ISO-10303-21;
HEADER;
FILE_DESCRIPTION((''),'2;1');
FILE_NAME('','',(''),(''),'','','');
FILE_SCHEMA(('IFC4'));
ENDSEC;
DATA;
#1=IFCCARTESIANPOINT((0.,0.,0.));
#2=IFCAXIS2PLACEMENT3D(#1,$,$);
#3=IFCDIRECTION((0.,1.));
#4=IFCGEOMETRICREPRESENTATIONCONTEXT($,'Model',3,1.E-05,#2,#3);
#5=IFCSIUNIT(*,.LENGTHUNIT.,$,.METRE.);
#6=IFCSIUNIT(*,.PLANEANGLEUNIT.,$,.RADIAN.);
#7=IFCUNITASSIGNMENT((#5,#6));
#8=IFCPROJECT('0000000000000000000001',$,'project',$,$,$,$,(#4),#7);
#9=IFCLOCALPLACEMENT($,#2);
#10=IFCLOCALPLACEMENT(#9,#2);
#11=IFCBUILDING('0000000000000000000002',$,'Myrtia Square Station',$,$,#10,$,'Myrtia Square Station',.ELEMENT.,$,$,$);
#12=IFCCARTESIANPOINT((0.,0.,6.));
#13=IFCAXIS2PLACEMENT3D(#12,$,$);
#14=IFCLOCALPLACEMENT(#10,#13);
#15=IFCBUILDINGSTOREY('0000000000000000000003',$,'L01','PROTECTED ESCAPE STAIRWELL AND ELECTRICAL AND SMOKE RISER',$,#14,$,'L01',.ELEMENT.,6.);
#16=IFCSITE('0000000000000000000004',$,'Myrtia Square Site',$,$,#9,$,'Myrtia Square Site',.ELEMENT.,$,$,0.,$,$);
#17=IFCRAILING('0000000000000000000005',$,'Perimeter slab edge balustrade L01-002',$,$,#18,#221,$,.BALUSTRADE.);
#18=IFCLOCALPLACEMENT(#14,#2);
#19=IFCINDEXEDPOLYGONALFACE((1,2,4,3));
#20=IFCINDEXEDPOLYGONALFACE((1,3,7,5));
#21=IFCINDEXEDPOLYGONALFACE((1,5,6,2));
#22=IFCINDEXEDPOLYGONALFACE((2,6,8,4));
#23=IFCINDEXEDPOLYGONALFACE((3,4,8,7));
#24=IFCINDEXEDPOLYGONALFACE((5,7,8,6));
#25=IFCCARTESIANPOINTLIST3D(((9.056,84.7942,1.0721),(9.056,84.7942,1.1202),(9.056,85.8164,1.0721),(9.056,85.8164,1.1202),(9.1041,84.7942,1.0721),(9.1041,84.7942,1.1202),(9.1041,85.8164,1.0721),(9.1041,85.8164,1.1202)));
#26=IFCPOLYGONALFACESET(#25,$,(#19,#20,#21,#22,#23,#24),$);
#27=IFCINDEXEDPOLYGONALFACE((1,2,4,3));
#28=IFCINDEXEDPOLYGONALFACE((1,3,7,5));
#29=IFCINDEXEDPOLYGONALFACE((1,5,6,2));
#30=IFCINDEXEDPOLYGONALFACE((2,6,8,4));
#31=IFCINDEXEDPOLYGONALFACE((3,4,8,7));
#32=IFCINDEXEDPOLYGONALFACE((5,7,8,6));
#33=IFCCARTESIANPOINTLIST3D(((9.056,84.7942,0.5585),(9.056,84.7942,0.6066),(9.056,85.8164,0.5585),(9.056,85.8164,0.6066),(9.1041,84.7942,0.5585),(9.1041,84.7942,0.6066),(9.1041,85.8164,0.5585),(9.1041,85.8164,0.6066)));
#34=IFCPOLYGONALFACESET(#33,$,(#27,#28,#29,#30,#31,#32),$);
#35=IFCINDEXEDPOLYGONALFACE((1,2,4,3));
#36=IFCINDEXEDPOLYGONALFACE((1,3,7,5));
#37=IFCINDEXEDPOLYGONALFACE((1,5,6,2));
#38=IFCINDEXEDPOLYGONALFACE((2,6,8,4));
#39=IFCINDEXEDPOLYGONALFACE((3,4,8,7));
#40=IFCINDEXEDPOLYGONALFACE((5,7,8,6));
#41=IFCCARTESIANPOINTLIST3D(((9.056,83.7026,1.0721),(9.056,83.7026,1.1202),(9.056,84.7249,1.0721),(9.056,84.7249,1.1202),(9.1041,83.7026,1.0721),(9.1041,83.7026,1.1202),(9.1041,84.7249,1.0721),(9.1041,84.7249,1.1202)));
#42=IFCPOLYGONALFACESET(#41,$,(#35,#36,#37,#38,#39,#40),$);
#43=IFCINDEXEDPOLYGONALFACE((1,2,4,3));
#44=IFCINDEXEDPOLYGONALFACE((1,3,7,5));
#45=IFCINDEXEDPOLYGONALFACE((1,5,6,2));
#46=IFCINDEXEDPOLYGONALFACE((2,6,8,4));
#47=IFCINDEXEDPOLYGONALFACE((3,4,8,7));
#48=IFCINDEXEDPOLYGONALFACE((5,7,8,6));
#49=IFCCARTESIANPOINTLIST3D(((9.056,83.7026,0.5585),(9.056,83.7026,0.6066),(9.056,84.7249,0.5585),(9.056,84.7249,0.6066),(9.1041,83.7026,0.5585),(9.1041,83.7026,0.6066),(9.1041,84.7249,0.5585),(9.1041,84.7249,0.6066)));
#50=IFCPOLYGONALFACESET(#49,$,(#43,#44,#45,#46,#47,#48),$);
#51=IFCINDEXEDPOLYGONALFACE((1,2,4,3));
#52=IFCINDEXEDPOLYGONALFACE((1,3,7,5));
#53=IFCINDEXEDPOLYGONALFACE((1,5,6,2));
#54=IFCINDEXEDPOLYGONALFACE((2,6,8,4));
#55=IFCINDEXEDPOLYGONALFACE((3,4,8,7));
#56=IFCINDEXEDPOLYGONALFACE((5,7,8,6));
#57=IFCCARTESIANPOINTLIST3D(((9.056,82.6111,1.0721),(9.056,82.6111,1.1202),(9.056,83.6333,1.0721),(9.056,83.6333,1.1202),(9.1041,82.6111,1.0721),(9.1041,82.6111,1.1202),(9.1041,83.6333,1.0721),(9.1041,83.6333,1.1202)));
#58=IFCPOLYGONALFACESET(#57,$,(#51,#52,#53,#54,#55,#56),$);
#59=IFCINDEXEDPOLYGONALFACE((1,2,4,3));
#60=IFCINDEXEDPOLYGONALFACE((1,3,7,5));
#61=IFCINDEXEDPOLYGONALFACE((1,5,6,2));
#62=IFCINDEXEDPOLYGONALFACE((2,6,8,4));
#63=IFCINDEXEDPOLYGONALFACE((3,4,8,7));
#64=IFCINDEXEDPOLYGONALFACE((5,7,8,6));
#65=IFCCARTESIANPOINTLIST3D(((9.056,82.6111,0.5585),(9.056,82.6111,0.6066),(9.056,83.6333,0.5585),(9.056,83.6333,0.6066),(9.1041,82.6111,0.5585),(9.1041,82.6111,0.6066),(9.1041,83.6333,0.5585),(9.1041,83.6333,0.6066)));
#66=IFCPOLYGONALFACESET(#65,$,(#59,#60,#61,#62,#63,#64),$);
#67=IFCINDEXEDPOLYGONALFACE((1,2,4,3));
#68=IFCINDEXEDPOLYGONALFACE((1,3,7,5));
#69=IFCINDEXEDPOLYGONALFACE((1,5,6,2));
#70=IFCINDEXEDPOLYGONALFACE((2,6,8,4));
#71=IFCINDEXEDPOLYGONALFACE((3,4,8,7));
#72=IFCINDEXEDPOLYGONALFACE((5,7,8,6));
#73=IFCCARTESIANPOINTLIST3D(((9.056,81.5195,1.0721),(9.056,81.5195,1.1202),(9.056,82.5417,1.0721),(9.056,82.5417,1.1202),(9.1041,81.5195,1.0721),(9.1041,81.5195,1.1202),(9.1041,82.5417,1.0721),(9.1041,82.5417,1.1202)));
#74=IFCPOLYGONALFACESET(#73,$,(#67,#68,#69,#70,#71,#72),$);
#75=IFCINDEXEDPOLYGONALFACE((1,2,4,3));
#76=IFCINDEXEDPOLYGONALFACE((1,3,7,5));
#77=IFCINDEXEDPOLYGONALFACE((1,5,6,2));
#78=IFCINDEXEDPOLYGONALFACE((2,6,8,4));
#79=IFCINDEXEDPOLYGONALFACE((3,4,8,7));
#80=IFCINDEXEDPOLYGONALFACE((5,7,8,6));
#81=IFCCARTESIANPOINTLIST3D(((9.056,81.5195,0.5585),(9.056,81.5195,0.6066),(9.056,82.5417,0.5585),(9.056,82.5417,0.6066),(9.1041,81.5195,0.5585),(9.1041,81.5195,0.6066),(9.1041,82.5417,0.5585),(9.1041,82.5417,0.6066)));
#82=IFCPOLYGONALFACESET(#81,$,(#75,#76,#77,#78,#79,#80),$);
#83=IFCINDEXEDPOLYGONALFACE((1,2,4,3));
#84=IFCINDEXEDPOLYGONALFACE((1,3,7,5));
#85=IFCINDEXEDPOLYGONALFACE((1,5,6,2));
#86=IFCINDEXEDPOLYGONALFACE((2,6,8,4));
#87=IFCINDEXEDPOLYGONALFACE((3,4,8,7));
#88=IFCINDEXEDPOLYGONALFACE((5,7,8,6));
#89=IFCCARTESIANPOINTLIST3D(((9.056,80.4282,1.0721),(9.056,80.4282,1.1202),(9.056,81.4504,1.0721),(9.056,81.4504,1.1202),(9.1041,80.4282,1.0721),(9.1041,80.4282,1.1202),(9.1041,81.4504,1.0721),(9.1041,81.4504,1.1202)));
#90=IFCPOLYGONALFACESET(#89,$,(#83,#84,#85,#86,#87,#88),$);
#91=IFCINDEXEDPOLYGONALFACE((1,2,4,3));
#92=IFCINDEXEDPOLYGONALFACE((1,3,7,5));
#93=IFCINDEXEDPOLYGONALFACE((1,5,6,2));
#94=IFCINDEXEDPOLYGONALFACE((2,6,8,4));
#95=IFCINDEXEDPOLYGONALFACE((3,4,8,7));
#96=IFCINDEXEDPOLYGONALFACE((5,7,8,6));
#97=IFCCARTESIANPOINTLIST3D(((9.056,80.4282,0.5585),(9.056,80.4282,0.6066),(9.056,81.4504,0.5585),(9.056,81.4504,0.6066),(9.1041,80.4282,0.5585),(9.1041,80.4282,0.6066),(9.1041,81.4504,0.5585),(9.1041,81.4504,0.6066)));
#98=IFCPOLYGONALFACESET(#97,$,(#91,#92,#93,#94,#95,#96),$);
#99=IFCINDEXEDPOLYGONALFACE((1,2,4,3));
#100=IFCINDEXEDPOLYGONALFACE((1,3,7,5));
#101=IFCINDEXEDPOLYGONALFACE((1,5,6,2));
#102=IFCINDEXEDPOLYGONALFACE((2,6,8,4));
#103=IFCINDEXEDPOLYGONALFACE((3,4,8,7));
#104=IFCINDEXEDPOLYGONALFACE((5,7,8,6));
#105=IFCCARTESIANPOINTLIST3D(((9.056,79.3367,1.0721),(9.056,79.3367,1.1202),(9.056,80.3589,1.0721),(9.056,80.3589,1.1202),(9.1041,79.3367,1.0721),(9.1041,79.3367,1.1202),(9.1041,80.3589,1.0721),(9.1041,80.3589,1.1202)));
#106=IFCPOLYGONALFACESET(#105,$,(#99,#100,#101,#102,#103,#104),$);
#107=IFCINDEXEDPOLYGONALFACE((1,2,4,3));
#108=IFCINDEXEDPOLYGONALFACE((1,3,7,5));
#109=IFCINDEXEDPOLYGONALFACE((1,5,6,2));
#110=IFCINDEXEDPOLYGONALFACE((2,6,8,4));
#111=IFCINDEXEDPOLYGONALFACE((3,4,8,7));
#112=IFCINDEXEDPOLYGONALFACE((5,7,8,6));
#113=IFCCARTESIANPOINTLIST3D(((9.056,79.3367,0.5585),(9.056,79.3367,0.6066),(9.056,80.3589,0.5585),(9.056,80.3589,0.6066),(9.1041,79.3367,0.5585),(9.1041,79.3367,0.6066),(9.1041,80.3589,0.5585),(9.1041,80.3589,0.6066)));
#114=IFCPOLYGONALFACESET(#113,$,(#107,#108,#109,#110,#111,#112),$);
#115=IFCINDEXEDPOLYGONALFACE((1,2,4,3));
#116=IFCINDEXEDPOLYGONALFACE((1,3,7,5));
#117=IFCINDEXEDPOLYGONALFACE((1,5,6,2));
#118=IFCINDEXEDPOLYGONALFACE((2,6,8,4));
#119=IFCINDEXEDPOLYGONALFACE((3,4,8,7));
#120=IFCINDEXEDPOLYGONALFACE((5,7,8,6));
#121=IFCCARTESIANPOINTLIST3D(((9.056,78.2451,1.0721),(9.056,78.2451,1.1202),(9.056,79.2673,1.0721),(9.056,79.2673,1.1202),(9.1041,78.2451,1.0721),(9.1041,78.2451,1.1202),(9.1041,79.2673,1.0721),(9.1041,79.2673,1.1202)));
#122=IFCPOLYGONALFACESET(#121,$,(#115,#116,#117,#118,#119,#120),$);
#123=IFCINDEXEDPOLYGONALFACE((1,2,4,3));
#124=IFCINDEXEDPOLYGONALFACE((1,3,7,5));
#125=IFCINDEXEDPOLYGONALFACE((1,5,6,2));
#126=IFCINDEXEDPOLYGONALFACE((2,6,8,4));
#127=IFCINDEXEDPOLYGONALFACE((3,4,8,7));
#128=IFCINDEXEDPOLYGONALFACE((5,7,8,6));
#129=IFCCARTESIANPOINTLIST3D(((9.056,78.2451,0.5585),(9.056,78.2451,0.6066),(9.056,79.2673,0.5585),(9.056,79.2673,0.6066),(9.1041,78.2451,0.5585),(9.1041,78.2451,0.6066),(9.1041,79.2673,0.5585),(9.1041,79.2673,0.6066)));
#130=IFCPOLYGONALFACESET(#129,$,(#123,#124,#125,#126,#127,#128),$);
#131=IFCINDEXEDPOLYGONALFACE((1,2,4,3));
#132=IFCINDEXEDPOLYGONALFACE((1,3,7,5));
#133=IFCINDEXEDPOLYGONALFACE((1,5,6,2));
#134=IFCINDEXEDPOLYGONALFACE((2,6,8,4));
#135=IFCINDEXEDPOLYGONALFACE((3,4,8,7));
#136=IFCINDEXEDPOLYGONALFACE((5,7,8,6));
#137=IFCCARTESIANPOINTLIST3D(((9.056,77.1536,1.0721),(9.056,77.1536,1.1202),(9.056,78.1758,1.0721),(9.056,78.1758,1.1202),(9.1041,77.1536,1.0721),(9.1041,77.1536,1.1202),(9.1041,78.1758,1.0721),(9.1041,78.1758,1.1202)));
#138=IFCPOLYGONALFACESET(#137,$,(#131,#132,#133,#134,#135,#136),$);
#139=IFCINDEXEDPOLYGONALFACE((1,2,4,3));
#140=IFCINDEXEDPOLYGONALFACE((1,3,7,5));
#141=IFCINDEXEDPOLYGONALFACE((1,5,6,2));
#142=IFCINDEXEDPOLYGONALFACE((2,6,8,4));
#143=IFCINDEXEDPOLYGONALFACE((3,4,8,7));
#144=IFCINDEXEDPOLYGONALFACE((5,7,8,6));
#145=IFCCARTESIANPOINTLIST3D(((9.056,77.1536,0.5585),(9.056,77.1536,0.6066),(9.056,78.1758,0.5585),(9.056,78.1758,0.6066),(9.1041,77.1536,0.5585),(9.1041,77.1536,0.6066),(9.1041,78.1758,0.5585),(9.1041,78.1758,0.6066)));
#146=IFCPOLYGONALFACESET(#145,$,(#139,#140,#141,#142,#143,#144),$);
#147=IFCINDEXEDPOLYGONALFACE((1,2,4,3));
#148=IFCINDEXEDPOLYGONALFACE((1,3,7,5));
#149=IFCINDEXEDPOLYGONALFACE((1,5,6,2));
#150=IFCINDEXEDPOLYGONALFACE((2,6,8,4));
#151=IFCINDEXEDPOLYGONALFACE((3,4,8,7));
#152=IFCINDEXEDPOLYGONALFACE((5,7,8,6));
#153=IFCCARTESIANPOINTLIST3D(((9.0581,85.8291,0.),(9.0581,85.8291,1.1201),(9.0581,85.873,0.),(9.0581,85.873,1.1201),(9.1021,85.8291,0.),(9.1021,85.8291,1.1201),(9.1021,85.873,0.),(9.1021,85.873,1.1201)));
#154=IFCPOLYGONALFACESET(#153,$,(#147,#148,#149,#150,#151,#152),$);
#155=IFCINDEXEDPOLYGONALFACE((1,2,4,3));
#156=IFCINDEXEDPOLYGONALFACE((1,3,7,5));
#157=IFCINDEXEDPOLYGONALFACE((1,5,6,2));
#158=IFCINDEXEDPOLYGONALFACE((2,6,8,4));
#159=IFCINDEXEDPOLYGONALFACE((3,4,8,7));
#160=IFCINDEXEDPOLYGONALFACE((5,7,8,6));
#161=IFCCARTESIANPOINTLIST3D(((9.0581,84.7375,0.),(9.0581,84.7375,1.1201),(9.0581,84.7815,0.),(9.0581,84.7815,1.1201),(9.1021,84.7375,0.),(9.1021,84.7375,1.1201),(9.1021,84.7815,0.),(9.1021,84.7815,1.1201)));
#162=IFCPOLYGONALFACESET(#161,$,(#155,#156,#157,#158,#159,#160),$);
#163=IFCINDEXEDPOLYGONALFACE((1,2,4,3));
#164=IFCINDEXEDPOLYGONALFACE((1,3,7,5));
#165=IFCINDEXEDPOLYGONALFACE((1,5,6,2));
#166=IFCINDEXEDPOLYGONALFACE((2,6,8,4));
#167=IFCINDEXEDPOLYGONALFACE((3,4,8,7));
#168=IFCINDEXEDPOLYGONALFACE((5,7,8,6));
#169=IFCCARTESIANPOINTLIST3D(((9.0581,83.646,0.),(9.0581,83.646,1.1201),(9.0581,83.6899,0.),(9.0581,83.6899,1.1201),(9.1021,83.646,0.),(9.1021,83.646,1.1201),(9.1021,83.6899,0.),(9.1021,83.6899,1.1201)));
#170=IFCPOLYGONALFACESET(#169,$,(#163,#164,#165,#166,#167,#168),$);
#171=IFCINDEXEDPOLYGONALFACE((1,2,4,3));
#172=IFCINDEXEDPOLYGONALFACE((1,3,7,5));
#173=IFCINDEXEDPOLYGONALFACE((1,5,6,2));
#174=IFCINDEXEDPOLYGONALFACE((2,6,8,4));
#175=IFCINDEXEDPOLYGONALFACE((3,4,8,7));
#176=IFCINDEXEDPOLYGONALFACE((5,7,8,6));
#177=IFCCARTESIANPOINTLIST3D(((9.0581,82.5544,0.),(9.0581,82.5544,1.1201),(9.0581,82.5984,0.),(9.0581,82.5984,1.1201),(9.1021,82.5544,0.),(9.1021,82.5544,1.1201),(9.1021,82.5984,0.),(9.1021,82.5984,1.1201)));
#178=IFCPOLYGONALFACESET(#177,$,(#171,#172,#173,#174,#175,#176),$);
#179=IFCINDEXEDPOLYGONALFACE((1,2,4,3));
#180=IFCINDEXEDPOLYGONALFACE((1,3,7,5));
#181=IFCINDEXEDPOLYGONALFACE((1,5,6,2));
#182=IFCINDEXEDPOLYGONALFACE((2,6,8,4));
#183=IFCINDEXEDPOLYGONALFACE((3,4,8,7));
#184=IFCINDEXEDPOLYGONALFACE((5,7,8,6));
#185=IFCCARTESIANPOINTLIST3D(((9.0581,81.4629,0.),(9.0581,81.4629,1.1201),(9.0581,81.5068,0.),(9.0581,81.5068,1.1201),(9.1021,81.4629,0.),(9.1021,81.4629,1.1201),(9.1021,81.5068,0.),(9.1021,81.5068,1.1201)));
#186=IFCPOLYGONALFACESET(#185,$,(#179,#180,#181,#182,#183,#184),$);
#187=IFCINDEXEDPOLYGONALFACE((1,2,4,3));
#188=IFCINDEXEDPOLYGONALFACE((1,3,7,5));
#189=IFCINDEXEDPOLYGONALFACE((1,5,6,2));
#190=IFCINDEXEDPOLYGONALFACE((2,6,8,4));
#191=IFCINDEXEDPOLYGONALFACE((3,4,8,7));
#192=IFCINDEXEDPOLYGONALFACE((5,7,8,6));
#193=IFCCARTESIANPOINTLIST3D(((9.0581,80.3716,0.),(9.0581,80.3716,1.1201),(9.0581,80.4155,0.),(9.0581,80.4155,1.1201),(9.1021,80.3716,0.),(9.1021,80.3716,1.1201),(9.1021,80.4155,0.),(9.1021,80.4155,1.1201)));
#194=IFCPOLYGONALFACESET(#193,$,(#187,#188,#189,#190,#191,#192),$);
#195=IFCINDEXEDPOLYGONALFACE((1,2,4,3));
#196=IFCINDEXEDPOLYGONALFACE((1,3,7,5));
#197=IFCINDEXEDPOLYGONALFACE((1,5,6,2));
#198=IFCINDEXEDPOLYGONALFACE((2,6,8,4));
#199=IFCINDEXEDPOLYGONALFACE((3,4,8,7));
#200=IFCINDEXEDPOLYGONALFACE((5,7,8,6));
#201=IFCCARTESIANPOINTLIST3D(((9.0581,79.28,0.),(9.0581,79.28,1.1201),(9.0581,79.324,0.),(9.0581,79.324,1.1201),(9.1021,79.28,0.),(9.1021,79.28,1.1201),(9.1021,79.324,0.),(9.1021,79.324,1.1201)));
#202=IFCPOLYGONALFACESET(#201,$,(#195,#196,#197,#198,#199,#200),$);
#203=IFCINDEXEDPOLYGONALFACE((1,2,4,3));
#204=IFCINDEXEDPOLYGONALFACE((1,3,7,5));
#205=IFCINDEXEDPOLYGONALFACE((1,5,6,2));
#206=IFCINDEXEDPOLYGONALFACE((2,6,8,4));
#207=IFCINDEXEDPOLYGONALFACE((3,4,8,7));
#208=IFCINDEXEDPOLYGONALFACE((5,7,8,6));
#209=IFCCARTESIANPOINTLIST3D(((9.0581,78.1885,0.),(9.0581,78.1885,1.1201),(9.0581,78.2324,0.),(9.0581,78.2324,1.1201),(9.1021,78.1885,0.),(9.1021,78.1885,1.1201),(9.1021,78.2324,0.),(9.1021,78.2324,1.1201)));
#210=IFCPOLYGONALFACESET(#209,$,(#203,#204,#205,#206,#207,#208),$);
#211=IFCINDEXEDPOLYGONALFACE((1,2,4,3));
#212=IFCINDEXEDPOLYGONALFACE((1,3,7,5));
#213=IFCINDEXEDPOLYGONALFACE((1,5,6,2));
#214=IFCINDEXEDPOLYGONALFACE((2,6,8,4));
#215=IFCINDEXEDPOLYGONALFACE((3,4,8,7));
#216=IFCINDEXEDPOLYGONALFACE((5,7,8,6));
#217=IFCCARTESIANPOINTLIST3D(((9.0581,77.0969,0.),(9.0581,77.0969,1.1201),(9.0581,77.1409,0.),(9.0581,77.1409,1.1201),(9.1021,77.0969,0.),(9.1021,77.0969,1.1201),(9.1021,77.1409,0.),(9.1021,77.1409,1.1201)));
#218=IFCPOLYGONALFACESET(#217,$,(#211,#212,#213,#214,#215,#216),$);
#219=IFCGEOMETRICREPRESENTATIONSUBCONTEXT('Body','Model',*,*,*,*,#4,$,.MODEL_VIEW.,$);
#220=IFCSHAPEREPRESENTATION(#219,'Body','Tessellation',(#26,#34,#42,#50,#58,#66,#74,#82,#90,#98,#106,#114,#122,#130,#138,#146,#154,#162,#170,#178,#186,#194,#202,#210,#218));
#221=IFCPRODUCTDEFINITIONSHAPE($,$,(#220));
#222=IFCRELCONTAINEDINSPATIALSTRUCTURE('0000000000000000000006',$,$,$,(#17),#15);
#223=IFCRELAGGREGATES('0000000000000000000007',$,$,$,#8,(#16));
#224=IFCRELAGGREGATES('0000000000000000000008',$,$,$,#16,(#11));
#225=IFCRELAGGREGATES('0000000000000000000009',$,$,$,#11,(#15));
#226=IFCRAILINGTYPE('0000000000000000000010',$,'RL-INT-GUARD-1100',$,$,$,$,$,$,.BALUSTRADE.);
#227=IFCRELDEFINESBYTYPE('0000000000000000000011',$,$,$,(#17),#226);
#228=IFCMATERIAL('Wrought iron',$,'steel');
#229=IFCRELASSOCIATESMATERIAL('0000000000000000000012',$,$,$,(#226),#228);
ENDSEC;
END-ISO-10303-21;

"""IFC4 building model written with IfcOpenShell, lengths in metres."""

from ifc_helpers import new_model, si_unit, direction, frame, origin, origin_2d, place, context, subcontext, project, spatial, rectangle, extrude, material, type_object, element, save


model = new_model("IFC4")

# Units and contexts
model_context = context("Model", 3, precision=1e-05, world=origin(), true_north=direction((0.0, 1.0)))
body_context = subcontext(model_context, "Body", "Model", "MODEL_VIEW")
ifc_project = project(units=[si_unit("LENGTHUNIT", "METRE"), si_unit("PLANEANGLEUNIT", "RADIAN")], contexts=[model_context])

# Site, building, storey
site_placement = place(None, origin())
site = spatial("IfcSite", under=ifc_project, at=site_placement, Name="Myrtia Square Site", LongName="Myrtia Square Site", CompositionType="ELEMENT", RefElevation=0.0)
building_placement = place(site_placement, origin())
building = spatial("IfcBuilding", under=site, at=building_placement, Name="Myrtia Square Station", LongName="Myrtia Square Station", CompositionType="ELEMENT")
storey_placement = place(building_placement, frame((0.0, 0.0, 6.0)))
storey = spatial("IfcBuildingStorey", under=building, at=storey_placement, Name="L01", Description="PROTECTED ESCAPE STAIRWELL AND ELECTRICAL AND SMOKE RISER", LongName="L01", CompositionType="ELEMENT", Elevation=6.0)

# Railing
ifc_material_1 = material(Name="Wrought iron", Category="steel")
railing_type = type_object("IfcRailingType", Name="RL-INT-GUARD-1100", PredefinedType="BALUSTRADE", material=ifc_material_1)
railing_1_placement = place(storey_placement, frame((9.0801, 85.8511, 0.0)))
element("IfcRailing", 1, at=railing_1_placement, inside=storey, type_object=railing_type, Name="Perimeter slab edge balustrade L01-002", PredefinedType="BALUSTRADE", context=body_context, shape_type="SweptSolid", body=[
    extrude(rectangle(XDim=0.0481, YDim=0.0481, at=origin_2d()), frame((0.0, -0.0347, 1.0962), z_axis=(0.0, -1.0, 0.0), x_axis=(1.0, 0.0, 0.0)), (0.0, 0.0, 1.0), 1.0222),
    extrude(rectangle(XDim=0.0481, YDim=0.0481, at=origin_2d()), frame((0.0, -0.0347, 0.5825), z_axis=(0.0, -1.0, 0.0), x_axis=(1.0, 0.0, 0.0)), (0.0, 0.0, 1.0), 1.0222),
    extrude(rectangle(XDim=0.0481, YDim=0.0481, at=origin_2d()), frame((0.0, -1.1262, 1.0962), z_axis=(0.0, -1.0, 0.0), x_axis=(1.0, 0.0, 0.0)), (0.0, 0.0, 1.0), 1.0222),
    extrude(rectangle(XDim=0.0481, YDim=0.0481, at=origin_2d()), frame((0.0, -1.1262, 0.5825), z_axis=(0.0, -1.0, 0.0), x_axis=(1.0, 0.0, 0.0)), (0.0, 0.0, 1.0), 1.0222),
    extrude(rectangle(XDim=0.0481, YDim=0.0481, at=origin_2d()), frame((0.0, -2.2178, 1.0962), z_axis=(0.0, -1.0, 0.0), x_axis=(1.0, 0.0, 0.0)), (0.0, 0.0, 1.0), 1.0222),
    extrude(rectangle(XDim=0.0481, YDim=0.0481, at=origin_2d()), frame((0.0, -2.2178, 0.5825), z_axis=(0.0, -1.0, 0.0), x_axis=(1.0, 0.0, 0.0)), (0.0, 0.0, 1.0), 1.0222),
    extrude(rectangle(XDim=0.0481, YDim=0.0481, at=origin_2d()), frame((0.0, -3.3093, 1.0962), z_axis=(0.0, -1.0, 0.0), x_axis=(1.0, 0.0, 0.0)), (0.0, 0.0, 1.0), 1.0222),
    extrude(rectangle(XDim=0.0481, YDim=0.0481, at=origin_2d()), frame((0.0, -3.3093, 0.5825), z_axis=(0.0, -1.0, 0.0), x_axis=(1.0, 0.0, 0.0)), (0.0, 0.0, 1.0), 1.0222),
    extrude(rectangle(XDim=0.0481, YDim=0.0481, at=origin_2d()), frame((0.0, -4.4006, 1.0962), z_axis=(0.0, -1.0, 0.0), x_axis=(1.0, 0.0, 0.0)), (0.0, 0.0, 1.0), 1.0222),
    extrude(rectangle(XDim=0.0481, YDim=0.0481, at=origin_2d()), frame((0.0, -4.4006, 0.5825), z_axis=(0.0, -1.0, 0.0), x_axis=(1.0, 0.0, 0.0)), (0.0, 0.0, 1.0), 1.0222),
    extrude(rectangle(XDim=0.0481, YDim=0.0481, at=origin_2d()), frame((0.0, -5.4922, 1.0962), z_axis=(0.0, -1.0, 0.0), x_axis=(1.0, 0.0, 0.0)), (0.0, 0.0, 1.0), 1.0222),
    extrude(rectangle(XDim=0.0481, YDim=0.0481, at=origin_2d()), frame((0.0, -5.4922, 0.5825), z_axis=(0.0, -1.0, 0.0), x_axis=(1.0, 0.0, 0.0)), (0.0, 0.0, 1.0), 1.0222),
    extrude(rectangle(XDim=0.0481, YDim=0.0481, at=origin_2d()), frame((0.0, -6.5837, 1.0962), z_axis=(0.0, -1.0, 0.0), x_axis=(1.0, 0.0, 0.0)), (0.0, 0.0, 1.0), 1.0222),
    extrude(rectangle(XDim=0.0481, YDim=0.0481, at=origin_2d()), frame((0.0, -6.5837, 0.5825), z_axis=(0.0, -1.0, 0.0), x_axis=(1.0, 0.0, 0.0)), (0.0, 0.0, 1.0), 1.0222),
    extrude(rectangle(XDim=0.0481, YDim=0.0481, at=origin_2d()), frame((0.0, -7.6753, 1.0962), z_axis=(0.0, -1.0, 0.0), x_axis=(1.0, 0.0, 0.0)), (0.0, 0.0, 1.0), 1.0222),
    extrude(rectangle(XDim=0.0481, YDim=0.0481, at=origin_2d()), frame((0.0, -7.6753, 0.5825), z_axis=(0.0, -1.0, 0.0), x_axis=(1.0, 0.0, 0.0)), (0.0, 0.0, 1.0), 1.0222),
    extrude(rectangle(XDim=0.0439, YDim=0.0439, at=origin_2d()), origin(), (0.0, 0.0, 1.0), 1.1201),
    extrude(rectangle(XDim=0.0439, YDim=0.0439, at=origin_2d()), frame((0.0, -1.0916, 0.0)), (0.0, 0.0, 1.0), 1.1201),
    extrude(rectangle(XDim=0.0439, YDim=0.0439, at=origin_2d()), frame((0.0, -2.1831, 0.0)), (0.0, 0.0, 1.0), 1.1201),
    extrude(rectangle(XDim=0.0439, YDim=0.0439, at=origin_2d()), frame((0.0, -3.2747, 0.0)), (0.0, 0.0, 1.0), 1.1201),
    extrude(rectangle(XDim=0.0439, YDim=0.0439, at=origin_2d()), frame((0.0, -4.3662, 0.0)), (0.0, 0.0, 1.0), 1.1201),
    extrude(rectangle(XDim=0.0439, YDim=0.0439, at=origin_2d()), frame((0.0, -5.4575, 0.0)), (0.0, 0.0, 1.0), 1.1201),
    extrude(rectangle(XDim=0.0439, YDim=0.0439, at=origin_2d()), frame((0.0, -6.5491, 0.0)), (0.0, 0.0, 1.0), 1.1201),
    extrude(rectangle(XDim=0.0439, YDim=0.0439, at=origin_2d()), frame((0.0, -7.6406, 0.0)), (0.0, 0.0, 1.0), 1.1201),
    extrude(rectangle(XDim=0.0439, YDim=0.0439, at=origin_2d()), frame((0.0, -8.7322, 0.0)), (0.0, 0.0, 1.0), 1.1201),
])

save(model, "model.ifc")
